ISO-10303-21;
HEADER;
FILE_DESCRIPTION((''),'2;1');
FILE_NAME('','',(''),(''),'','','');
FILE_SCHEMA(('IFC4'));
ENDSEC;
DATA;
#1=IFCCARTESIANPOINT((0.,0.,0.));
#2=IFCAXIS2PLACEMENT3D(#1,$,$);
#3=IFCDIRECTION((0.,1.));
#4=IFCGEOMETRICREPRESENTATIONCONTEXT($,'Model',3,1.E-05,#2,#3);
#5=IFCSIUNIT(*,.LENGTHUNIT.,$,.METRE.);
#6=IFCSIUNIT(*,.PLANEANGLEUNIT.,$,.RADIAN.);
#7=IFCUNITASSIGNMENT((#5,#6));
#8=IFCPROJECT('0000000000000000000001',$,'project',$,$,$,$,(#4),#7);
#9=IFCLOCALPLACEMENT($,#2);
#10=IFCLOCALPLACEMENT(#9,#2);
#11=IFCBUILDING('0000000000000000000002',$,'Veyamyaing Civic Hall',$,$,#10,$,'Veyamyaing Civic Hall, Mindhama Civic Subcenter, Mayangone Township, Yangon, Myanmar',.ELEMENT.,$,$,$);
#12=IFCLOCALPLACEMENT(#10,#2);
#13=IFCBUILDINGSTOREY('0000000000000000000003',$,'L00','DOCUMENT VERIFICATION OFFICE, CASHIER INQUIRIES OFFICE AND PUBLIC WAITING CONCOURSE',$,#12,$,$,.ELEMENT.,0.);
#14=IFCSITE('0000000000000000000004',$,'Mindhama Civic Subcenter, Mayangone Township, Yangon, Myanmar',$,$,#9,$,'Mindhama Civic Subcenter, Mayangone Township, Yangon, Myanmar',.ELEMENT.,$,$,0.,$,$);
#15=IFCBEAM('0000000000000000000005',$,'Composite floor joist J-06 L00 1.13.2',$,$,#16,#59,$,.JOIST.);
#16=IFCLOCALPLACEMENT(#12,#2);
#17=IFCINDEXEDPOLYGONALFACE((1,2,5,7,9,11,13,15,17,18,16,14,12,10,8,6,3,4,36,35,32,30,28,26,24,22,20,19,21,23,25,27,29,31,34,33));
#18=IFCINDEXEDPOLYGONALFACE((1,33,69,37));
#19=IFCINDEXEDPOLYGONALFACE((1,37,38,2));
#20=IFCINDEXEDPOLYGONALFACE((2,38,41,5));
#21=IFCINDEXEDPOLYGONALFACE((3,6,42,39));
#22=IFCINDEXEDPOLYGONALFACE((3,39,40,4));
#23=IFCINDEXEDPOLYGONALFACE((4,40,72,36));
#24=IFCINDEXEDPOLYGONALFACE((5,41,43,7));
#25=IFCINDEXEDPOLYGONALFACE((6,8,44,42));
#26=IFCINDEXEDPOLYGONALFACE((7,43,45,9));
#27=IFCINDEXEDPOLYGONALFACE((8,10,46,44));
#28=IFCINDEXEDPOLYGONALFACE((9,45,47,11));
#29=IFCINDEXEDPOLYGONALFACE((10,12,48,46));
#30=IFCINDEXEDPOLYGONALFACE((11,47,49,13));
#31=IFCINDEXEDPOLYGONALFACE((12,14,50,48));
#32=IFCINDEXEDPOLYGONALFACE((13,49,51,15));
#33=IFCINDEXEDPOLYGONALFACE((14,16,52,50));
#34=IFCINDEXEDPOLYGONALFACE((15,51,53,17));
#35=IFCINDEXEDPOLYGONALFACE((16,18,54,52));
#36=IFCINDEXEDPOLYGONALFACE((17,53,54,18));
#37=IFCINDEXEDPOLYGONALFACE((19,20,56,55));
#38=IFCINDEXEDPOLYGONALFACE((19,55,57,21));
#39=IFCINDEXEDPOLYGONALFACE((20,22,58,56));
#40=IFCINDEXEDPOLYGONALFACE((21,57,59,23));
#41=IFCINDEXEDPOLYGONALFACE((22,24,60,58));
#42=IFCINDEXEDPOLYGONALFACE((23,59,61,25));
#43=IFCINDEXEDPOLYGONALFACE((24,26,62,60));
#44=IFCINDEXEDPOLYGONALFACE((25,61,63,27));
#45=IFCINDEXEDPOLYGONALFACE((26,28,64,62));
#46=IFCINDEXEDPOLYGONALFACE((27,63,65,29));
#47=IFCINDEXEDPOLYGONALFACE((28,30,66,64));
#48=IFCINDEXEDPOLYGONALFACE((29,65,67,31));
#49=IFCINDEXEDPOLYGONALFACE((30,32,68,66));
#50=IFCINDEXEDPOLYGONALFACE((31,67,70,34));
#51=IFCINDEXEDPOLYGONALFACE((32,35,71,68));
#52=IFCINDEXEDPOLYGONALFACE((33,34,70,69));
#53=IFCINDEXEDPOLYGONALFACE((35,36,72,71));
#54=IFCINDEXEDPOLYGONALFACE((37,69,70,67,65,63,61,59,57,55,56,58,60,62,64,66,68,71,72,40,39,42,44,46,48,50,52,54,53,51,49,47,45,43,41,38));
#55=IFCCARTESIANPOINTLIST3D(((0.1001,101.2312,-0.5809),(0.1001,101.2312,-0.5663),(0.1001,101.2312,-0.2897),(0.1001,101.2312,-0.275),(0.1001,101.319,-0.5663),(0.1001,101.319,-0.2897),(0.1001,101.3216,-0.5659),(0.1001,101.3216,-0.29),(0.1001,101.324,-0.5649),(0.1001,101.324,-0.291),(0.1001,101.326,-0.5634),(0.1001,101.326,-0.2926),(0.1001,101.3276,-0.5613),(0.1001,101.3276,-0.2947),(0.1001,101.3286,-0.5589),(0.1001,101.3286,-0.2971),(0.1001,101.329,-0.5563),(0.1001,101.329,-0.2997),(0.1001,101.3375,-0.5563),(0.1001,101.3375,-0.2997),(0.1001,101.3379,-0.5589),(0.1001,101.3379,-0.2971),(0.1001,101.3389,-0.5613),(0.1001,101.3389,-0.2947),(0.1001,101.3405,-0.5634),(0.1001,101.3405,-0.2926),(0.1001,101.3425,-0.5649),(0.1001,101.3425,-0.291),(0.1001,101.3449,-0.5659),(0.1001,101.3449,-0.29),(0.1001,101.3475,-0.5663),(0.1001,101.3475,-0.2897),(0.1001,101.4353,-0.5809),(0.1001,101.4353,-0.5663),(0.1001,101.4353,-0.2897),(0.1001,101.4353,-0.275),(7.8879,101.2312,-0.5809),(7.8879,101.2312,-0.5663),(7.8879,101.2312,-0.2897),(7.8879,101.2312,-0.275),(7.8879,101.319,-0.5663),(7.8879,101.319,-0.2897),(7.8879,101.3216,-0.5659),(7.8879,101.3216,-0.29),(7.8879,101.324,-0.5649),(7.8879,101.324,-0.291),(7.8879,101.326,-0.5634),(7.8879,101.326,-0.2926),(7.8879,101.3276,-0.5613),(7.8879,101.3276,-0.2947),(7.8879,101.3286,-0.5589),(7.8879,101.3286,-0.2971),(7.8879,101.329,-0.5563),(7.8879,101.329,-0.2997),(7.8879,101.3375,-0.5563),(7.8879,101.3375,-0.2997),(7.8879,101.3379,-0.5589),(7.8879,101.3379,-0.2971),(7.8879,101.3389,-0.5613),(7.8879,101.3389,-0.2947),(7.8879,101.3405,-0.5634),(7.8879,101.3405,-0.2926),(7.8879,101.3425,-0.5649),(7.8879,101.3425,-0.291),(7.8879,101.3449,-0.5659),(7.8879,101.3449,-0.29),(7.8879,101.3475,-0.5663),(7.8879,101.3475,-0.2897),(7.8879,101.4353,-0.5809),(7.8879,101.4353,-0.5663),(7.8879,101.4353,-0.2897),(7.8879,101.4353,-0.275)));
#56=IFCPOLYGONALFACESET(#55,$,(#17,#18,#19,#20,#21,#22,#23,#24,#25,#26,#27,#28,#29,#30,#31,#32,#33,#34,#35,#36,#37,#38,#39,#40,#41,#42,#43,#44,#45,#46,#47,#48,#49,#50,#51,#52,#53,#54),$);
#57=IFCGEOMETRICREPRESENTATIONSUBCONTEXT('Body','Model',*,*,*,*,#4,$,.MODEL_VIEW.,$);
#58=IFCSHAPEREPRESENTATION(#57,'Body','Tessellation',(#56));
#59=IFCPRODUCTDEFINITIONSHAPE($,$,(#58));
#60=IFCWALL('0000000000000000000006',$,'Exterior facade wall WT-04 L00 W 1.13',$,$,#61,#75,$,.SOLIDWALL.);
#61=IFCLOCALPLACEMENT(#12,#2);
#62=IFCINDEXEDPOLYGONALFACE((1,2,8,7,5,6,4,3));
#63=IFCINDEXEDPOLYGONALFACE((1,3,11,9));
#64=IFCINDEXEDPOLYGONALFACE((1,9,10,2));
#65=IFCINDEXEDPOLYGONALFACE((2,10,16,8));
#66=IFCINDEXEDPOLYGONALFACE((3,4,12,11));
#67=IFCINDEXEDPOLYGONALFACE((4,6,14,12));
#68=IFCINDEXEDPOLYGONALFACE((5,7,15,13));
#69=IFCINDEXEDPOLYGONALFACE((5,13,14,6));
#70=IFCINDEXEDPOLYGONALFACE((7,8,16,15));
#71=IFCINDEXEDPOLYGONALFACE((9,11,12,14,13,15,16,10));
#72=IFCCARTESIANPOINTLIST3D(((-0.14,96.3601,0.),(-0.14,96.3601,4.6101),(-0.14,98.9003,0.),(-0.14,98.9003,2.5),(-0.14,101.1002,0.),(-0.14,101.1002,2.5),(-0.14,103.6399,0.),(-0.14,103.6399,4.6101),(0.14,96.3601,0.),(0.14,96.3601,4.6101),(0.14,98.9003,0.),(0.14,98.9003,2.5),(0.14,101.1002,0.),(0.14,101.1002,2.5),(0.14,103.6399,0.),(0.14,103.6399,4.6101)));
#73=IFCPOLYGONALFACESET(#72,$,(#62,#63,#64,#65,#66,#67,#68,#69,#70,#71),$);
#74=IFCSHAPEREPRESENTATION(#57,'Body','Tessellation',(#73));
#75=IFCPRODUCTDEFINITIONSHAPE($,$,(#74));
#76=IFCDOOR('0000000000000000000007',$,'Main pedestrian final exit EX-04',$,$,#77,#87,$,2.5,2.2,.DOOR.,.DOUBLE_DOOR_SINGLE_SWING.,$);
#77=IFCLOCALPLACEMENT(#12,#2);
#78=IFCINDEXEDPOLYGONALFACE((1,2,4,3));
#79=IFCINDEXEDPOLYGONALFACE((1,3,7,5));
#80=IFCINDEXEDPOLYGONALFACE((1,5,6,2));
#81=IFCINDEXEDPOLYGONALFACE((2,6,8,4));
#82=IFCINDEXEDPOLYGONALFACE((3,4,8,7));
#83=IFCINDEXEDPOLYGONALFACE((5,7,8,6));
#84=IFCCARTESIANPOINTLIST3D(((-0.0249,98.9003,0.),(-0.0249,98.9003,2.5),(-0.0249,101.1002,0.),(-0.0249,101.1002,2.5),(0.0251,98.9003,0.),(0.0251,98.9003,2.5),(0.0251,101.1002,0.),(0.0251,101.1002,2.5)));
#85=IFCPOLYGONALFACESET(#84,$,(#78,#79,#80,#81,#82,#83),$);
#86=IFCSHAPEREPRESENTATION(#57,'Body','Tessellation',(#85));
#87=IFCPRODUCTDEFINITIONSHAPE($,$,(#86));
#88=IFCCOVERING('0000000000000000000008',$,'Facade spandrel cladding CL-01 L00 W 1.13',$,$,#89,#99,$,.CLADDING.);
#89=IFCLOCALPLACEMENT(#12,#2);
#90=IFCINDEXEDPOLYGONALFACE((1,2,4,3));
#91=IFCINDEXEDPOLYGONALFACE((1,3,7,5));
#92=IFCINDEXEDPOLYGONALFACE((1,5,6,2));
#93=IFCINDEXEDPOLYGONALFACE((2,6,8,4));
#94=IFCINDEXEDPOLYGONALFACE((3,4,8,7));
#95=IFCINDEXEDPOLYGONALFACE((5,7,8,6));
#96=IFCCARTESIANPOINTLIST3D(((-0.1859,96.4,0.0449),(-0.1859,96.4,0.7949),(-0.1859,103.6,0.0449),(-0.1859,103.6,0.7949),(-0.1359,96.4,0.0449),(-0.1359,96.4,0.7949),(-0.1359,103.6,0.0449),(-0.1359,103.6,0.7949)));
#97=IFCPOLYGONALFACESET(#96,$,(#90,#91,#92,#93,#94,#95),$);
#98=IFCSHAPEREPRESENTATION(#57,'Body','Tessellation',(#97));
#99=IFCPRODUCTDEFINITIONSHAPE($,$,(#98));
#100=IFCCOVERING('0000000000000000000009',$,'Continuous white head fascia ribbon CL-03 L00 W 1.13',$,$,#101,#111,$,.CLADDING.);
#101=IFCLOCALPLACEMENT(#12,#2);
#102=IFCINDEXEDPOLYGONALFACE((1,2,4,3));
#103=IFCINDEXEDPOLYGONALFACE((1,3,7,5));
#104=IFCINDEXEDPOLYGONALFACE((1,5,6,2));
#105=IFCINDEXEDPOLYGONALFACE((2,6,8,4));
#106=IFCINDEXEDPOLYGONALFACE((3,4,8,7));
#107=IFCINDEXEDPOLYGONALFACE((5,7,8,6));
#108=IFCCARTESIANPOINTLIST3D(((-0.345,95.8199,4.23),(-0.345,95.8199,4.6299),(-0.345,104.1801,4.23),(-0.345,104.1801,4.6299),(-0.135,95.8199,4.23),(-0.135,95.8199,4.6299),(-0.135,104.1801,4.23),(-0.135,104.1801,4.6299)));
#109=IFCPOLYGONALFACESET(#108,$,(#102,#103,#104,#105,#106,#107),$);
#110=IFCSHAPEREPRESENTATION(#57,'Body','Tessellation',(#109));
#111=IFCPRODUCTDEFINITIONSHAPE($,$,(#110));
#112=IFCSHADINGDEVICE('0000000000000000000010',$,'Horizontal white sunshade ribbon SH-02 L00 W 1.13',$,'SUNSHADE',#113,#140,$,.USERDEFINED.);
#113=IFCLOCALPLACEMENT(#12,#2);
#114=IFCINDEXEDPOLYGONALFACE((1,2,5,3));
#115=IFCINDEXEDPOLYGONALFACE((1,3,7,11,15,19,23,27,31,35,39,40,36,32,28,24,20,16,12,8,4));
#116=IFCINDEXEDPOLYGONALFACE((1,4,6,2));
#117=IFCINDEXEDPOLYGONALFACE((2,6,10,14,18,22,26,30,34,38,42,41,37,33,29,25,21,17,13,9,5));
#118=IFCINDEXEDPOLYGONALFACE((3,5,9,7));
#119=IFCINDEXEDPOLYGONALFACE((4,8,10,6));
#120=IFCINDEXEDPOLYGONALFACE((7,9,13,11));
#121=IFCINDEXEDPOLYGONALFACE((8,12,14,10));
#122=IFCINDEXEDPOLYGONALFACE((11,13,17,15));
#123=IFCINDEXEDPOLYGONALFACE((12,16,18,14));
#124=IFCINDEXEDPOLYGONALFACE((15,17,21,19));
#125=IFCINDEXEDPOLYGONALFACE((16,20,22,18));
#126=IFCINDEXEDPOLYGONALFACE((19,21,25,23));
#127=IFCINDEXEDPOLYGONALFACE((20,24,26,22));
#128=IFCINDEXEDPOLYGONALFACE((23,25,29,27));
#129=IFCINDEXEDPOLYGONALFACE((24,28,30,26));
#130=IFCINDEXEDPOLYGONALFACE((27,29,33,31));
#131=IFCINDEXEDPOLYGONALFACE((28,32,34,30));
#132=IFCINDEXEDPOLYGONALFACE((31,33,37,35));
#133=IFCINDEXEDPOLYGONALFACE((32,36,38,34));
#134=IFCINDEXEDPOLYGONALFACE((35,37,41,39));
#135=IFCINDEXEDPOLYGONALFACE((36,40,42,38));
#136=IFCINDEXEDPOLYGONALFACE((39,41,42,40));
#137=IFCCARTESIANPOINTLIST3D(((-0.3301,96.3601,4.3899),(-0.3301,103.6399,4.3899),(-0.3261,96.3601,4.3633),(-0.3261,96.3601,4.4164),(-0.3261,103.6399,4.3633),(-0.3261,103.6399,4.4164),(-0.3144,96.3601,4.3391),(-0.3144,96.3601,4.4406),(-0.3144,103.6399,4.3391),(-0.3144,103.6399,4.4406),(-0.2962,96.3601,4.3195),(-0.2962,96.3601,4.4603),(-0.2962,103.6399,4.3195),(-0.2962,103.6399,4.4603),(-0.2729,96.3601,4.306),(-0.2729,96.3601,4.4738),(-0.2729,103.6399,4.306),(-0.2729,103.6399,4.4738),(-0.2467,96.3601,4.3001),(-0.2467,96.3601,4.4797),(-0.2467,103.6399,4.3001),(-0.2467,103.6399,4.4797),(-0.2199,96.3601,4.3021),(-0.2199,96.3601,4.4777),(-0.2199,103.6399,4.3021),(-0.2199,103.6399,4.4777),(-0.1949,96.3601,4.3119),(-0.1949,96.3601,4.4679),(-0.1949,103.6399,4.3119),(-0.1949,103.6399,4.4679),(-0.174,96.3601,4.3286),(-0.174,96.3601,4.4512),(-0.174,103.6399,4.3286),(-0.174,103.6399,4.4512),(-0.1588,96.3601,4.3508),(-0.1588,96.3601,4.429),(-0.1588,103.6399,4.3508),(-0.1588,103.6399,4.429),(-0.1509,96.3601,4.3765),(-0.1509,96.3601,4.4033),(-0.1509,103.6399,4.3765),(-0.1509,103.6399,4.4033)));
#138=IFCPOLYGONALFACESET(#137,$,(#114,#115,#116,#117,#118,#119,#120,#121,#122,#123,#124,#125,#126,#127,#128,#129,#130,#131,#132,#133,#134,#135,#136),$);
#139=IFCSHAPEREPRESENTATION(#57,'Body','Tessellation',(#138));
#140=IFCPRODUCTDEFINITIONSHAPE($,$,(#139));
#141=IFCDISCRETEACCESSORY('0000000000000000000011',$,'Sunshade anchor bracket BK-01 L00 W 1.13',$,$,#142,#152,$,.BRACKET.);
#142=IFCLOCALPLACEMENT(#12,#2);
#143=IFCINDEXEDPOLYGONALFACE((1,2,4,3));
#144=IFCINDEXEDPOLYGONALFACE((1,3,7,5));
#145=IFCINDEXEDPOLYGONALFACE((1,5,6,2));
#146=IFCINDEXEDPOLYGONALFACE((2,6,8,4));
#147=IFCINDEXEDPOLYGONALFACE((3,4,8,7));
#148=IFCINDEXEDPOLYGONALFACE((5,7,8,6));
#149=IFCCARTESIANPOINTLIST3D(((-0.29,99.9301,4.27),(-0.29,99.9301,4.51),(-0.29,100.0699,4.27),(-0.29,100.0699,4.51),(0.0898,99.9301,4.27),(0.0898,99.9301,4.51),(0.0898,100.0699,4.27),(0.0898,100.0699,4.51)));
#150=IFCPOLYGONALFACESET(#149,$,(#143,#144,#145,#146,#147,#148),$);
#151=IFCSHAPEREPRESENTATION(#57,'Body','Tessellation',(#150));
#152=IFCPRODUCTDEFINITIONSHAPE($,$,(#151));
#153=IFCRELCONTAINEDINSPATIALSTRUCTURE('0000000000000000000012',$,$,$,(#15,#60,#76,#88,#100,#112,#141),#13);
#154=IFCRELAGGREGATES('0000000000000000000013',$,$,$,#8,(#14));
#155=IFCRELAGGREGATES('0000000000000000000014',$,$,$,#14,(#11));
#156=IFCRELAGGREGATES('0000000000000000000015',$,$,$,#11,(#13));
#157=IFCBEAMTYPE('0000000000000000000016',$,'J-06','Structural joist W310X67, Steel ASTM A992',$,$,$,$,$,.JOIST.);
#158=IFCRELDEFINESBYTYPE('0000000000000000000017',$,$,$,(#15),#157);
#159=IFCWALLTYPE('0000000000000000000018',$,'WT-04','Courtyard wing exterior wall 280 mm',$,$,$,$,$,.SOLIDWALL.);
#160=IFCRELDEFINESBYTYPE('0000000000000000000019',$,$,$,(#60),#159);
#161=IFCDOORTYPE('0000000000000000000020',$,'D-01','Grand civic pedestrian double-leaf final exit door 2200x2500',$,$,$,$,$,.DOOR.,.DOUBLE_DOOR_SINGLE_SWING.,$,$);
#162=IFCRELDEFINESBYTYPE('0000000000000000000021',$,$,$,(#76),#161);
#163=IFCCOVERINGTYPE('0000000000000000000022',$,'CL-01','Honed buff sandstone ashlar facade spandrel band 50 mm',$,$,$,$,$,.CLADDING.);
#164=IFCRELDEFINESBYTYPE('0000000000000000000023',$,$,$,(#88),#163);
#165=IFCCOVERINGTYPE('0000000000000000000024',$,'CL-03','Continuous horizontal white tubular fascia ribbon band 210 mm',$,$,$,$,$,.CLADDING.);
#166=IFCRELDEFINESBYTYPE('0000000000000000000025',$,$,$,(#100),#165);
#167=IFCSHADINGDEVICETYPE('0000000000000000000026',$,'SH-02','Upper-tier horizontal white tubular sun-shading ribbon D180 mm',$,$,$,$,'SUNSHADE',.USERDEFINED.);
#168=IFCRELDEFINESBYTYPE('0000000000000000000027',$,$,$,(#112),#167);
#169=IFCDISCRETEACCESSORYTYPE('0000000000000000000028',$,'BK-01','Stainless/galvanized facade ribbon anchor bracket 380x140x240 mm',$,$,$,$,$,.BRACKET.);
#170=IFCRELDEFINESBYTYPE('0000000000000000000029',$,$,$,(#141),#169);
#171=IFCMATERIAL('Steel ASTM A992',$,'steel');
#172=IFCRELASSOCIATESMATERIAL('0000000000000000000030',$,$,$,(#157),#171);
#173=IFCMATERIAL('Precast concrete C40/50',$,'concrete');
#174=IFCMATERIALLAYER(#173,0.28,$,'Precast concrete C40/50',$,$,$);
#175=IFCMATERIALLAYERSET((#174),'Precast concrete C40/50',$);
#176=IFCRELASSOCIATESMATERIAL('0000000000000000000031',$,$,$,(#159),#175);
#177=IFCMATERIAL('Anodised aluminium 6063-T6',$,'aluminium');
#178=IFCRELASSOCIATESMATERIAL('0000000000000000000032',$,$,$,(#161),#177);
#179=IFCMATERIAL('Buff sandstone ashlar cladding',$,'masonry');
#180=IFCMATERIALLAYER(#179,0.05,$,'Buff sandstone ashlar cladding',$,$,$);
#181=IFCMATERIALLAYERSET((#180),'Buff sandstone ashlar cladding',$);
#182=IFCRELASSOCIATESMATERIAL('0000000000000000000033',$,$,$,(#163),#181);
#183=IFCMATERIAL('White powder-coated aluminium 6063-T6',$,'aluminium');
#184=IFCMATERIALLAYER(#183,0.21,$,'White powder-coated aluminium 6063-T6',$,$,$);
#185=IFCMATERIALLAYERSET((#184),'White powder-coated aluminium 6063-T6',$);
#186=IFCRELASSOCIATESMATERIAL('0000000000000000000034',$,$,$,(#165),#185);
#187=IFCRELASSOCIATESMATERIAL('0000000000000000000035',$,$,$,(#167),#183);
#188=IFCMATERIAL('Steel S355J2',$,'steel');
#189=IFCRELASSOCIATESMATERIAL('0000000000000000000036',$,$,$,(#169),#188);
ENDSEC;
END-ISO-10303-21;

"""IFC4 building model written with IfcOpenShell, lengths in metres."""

from ifc_helpers import new_model, si_unit, direction, frame, frame_2d, origin, origin_2d, place, context, subcontext, project, spatial, rectangle, circle, i_section, extrude, material, layer, layer_set, material_profile, profile_set, type_object, element, fill, save


model = new_model("IFC4")

# Units and contexts
model_context = context("Model", 3, precision=1e-05, world=origin(), true_north=direction((0.0, 1.0)))
body_context = subcontext(model_context, "Body", "Model", "MODEL_VIEW")
ifc_project = project(units=[si_unit("LENGTHUNIT", "METRE"), si_unit("PLANEANGLEUNIT", "RADIAN")], contexts=[model_context])

# Site, building, storey
site_placement = place(None, origin())
site = spatial("IfcSite", under=ifc_project, at=site_placement, Name="Mindhama Civic Subcenter, Mayangone Township, Yangon, Myanmar", LongName="Mindhama Civic Subcenter, Mayangone Township, Yangon, Myanmar", CompositionType="ELEMENT", RefElevation=0.0)
building_placement = place(site_placement, origin())
building = spatial("IfcBuilding", under=site, at=building_placement, Name="Veyamyaing Civic Hall", LongName="Veyamyaing Civic Hall, Mindhama Civic Subcenter, Mayangone Township, Yangon, Myanmar", CompositionType="ELEMENT")
storey_placement = place(building_placement, origin())
storey = spatial("IfcBuildingStorey", under=building, at=storey_placement, Name="L00", Description="DOCUMENT VERIFICATION OFFICE, CASHIER INQUIRIES OFFICE AND PUBLIC WAITING CONCOURSE", CompositionType="ELEMENT", Elevation=0.0)

# Beam
ifc_material_1 = material(Name="Steel ASTM A992", Category="steel")
ifc_material_profile_1 = material_profile(ifc_material_1, i_section(OverallWidth=0.2041, OverallDepth=0.3059, WebThickness=0.0085, FlangeThickness=0.0146, FilletRadius=0.01, at=origin_2d()), Name="W310X67")
ifc_profile_set_1 = profile_set([ifc_material_profile_1], Name="Steel ASTM A992")
beam_type_1 = type_object("IfcBeamType", Name="J-06", Description="Structural joist W310X67, Steel ASTM A992", PredefinedType="JOIST", material=ifc_profile_set_1)
for number, where, z_axis, x_axis, name in (
    (1, (0.1001, 101.3333, -0.428), (1.0, 0.0, 0.0), (0.0, 1.0, 0.0), "Composite floor joist J-06 L00 1.13.2"),
):
    element("IfcBeam", number, at=place(storey_placement, frame(where, z_axis=z_axis, x_axis=x_axis)), inside=storey, type_object=beam_type_1, Name=name, PredefinedType="JOIST", context=body_context, shape_type="SweptSolid", body=[
        extrude(i_section(OverallWidth=0.2041, OverallDepth=0.3059, WebThickness=0.0085, FlangeThickness=0.0146, FilletRadius=0.01, at=origin_2d()), origin(), (0.0, 0.0, 1.0), 7.7878),
    ])

# Wall, opening, door
ifc_material_2 = material(Name="Precast concrete C40/50", Category="concrete")
ifc_layer_1 = layer(ifc_material_2, 0.28, Name="Precast concrete C40/50")
ifc_layer_set_1 = layer_set([ifc_layer_1], Name="Precast concrete C40/50")
wall_type = type_object("IfcWallType", Name="WT-04", Description="Courtyard wing exterior wall 280 mm", PredefinedType="SOLIDWALL", material=ifc_layer_set_1)
wall_placement = place(storey_placement, frame((0.0, 96.3601, 0.0), z_axis=(0.0, 0.0, 1.0), x_axis=(0.0, 1.0, 0.0)))
wall = element("IfcWall", 2, at=wall_placement, inside=storey, type_object=wall_type, Name="Exterior facade wall WT-04 L00 W 1.13", PredefinedType="SOLIDWALL", context=body_context, shape_type="SweptSolid", body=[
    extrude(rectangle(XDim=7.2798, YDim=0.28, at=frame_2d((3.6399, 0.0))), origin(), (0.0, 0.0, 1.0), 4.6101),
])
opening_placement = place(wall_placement, frame((2.54, 0.0, 0.0)))
opening = element("IfcOpeningElement", 3, at=opening_placement, cuts=wall, PredefinedType="OPENING", context=body_context, shape_type="SweptSolid", body=[
    extrude(rectangle(XDim=2.2, YDim=2.5, at=frame_2d((1.1001, 1.25))), frame((0.0, 0.1499, 0.0), z_axis=(0.0, -1.0, 0.0), x_axis=(1.0, 0.0, 0.0)), (0.0, 0.0, 1.0), 0.3),
])
ifc_material_3 = material(Name="Anodised aluminium 6063-T6", Category="aluminium")
door_type = type_object("IfcDoorType", Name="D-01", Description="Grand civic pedestrian double-leaf final exit door 2200x2500", OperationType="DOUBLE_DOOR_SINGLE_SWING", PredefinedType="DOOR", material=ifc_material_3)
door_placement = place(opening_placement, origin())
door = element("IfcDoor", 4, at=door_placement, inside=storey, type_object=door_type, Name="Main pedestrian final exit EX-04", OperationType="DOUBLE_DOOR_SINGLE_SWING", OverallHeight=2.5, OverallWidth=2.2, PredefinedType="DOOR", context=body_context, shape_type="SweptSolid", body=[
    extrude(rectangle(XDim=2.2, YDim=2.5, at=frame_2d((1.1001, 1.25))), frame((0.0, 0.0249, 0.0), z_axis=(0.0, -1.0, 0.0), x_axis=(1.0, 0.0, 0.0)), (0.0, 0.0, 1.0), 0.05),
])
fill(opening, door)

# Coverings
ifc_material_4 = material(Name="Buff sandstone ashlar cladding", Category="masonry")
ifc_layer_2 = layer(ifc_material_4, 0.05, Name="Buff sandstone ashlar cladding")
ifc_layer_set_2 = layer_set([ifc_layer_2], Name="Buff sandstone ashlar cladding")
covering_type_1 = type_object("IfcCoveringType", Name="CL-01", Description="Honed buff sandstone ashlar facade spandrel band 50 mm", PredefinedType="CLADDING", material=ifc_layer_set_2)
covering_1_placement = place(storey_placement, frame((-0.1609, 100.0, 0.0449), z_axis=(0.0, 0.0, 1.0), x_axis=(0.0, 1.0, 0.0)))
element("IfcCovering", 5, at=covering_1_placement, inside=storey, type_object=covering_type_1, Name="Facade spandrel cladding CL-01 L00 W 1.13", PredefinedType="CLADDING", context=body_context, shape_type="SweptSolid", body=[
    extrude(rectangle(XDim=7.2, YDim=0.05, at=origin_2d()), origin(), (0.0, 0.0, 1.0), 0.75),
])
ifc_material_5 = material(Name="White powder-coated aluminium 6063-T6", Category="aluminium")
ifc_layer_3 = layer(ifc_material_5, 0.21, Name="White powder-coated aluminium 6063-T6")
ifc_layer_set_3 = layer_set([ifc_layer_3], Name="White powder-coated aluminium 6063-T6")
covering_type_2 = type_object("IfcCoveringType", Name="CL-03", Description="Continuous horizontal white tubular fascia ribbon band 210 mm", PredefinedType="CLADDING", material=ifc_layer_set_3)
covering_2_placement = place(storey_placement, frame((-0.24, 100.0, 4.23), z_axis=(0.0, 0.0, 1.0), x_axis=(0.0, 1.0, 0.0)))
element("IfcCovering", 6, at=covering_2_placement, inside=storey, type_object=covering_type_2, Name="Continuous white head fascia ribbon CL-03 L00 W 1.13", PredefinedType="CLADDING", context=body_context, shape_type="SweptSolid", body=[
    extrude(rectangle(XDim=8.3601, YDim=0.21, at=origin_2d()), origin(), (0.0, 0.0, 1.0), 0.3999),
])

# Shading device
ifc_material_profile_2 = material_profile(ifc_material_5, circle(Radius=0.0901, at=origin_2d()), Name="SHADE-TUBE-180")
ifc_profile_set_2 = profile_set([ifc_material_profile_2], Name="White powder-coated aluminium 6063-T6")
shading_device_type = type_object("IfcShadingDeviceType", Name="SH-02", Description="Upper-tier horizontal white tubular sun-shading ribbon D180 mm", ElementType="SUNSHADE", PredefinedType="USERDEFINED", material=ifc_profile_set_2)
shading_device_placement = place(storey_placement, frame((-0.24, 96.3601, 4.3899), z_axis=(0.0, 1.0, 0.0), x_axis=(-1.0, 0.0, 0.0)))
element("IfcShadingDevice", 7, at=shading_device_placement, inside=storey, type_object=shading_device_type, Name="Horizontal white sunshade ribbon SH-02 L00 W 1.13", ObjectType="SUNSHADE", PredefinedType="USERDEFINED", context=body_context, shape_type="SweptSolid", body=[
    extrude(circle(Radius=0.0901, at=origin_2d()), origin(), (0.0, 0.0, 1.0), 7.2798),
])

# Discrete accessory
ifc_material_6 = material(Name="Steel S355J2", Category="steel")
discrete_accessory_type = type_object("IfcDiscreteAccessoryType", Name="BK-01", Description="Stainless/galvanized facade ribbon anchor bracket 380x140x240 mm", PredefinedType="BRACKET", material=ifc_material_6)
discrete_accessory_placement = place(storey_placement, frame((-0.1001, 100.0, 4.27), z_axis=(0.0, 0.0, 1.0), x_axis=(-1.0, 0.0, 0.0)))
element("IfcDiscreteAccessory", 8, at=discrete_accessory_placement, inside=storey, type_object=discrete_accessory_type, Name="Sunshade anchor bracket BK-01 L00 W 1.13", PredefinedType="BRACKET", context=body_context, shape_type="SweptSolid", body=[
    extrude(rectangle(XDim=0.3799, YDim=0.1399, at=origin_2d()), origin(), (0.0, 0.0, 1.0), 0.24),
])

save(model, "model.ifc")
